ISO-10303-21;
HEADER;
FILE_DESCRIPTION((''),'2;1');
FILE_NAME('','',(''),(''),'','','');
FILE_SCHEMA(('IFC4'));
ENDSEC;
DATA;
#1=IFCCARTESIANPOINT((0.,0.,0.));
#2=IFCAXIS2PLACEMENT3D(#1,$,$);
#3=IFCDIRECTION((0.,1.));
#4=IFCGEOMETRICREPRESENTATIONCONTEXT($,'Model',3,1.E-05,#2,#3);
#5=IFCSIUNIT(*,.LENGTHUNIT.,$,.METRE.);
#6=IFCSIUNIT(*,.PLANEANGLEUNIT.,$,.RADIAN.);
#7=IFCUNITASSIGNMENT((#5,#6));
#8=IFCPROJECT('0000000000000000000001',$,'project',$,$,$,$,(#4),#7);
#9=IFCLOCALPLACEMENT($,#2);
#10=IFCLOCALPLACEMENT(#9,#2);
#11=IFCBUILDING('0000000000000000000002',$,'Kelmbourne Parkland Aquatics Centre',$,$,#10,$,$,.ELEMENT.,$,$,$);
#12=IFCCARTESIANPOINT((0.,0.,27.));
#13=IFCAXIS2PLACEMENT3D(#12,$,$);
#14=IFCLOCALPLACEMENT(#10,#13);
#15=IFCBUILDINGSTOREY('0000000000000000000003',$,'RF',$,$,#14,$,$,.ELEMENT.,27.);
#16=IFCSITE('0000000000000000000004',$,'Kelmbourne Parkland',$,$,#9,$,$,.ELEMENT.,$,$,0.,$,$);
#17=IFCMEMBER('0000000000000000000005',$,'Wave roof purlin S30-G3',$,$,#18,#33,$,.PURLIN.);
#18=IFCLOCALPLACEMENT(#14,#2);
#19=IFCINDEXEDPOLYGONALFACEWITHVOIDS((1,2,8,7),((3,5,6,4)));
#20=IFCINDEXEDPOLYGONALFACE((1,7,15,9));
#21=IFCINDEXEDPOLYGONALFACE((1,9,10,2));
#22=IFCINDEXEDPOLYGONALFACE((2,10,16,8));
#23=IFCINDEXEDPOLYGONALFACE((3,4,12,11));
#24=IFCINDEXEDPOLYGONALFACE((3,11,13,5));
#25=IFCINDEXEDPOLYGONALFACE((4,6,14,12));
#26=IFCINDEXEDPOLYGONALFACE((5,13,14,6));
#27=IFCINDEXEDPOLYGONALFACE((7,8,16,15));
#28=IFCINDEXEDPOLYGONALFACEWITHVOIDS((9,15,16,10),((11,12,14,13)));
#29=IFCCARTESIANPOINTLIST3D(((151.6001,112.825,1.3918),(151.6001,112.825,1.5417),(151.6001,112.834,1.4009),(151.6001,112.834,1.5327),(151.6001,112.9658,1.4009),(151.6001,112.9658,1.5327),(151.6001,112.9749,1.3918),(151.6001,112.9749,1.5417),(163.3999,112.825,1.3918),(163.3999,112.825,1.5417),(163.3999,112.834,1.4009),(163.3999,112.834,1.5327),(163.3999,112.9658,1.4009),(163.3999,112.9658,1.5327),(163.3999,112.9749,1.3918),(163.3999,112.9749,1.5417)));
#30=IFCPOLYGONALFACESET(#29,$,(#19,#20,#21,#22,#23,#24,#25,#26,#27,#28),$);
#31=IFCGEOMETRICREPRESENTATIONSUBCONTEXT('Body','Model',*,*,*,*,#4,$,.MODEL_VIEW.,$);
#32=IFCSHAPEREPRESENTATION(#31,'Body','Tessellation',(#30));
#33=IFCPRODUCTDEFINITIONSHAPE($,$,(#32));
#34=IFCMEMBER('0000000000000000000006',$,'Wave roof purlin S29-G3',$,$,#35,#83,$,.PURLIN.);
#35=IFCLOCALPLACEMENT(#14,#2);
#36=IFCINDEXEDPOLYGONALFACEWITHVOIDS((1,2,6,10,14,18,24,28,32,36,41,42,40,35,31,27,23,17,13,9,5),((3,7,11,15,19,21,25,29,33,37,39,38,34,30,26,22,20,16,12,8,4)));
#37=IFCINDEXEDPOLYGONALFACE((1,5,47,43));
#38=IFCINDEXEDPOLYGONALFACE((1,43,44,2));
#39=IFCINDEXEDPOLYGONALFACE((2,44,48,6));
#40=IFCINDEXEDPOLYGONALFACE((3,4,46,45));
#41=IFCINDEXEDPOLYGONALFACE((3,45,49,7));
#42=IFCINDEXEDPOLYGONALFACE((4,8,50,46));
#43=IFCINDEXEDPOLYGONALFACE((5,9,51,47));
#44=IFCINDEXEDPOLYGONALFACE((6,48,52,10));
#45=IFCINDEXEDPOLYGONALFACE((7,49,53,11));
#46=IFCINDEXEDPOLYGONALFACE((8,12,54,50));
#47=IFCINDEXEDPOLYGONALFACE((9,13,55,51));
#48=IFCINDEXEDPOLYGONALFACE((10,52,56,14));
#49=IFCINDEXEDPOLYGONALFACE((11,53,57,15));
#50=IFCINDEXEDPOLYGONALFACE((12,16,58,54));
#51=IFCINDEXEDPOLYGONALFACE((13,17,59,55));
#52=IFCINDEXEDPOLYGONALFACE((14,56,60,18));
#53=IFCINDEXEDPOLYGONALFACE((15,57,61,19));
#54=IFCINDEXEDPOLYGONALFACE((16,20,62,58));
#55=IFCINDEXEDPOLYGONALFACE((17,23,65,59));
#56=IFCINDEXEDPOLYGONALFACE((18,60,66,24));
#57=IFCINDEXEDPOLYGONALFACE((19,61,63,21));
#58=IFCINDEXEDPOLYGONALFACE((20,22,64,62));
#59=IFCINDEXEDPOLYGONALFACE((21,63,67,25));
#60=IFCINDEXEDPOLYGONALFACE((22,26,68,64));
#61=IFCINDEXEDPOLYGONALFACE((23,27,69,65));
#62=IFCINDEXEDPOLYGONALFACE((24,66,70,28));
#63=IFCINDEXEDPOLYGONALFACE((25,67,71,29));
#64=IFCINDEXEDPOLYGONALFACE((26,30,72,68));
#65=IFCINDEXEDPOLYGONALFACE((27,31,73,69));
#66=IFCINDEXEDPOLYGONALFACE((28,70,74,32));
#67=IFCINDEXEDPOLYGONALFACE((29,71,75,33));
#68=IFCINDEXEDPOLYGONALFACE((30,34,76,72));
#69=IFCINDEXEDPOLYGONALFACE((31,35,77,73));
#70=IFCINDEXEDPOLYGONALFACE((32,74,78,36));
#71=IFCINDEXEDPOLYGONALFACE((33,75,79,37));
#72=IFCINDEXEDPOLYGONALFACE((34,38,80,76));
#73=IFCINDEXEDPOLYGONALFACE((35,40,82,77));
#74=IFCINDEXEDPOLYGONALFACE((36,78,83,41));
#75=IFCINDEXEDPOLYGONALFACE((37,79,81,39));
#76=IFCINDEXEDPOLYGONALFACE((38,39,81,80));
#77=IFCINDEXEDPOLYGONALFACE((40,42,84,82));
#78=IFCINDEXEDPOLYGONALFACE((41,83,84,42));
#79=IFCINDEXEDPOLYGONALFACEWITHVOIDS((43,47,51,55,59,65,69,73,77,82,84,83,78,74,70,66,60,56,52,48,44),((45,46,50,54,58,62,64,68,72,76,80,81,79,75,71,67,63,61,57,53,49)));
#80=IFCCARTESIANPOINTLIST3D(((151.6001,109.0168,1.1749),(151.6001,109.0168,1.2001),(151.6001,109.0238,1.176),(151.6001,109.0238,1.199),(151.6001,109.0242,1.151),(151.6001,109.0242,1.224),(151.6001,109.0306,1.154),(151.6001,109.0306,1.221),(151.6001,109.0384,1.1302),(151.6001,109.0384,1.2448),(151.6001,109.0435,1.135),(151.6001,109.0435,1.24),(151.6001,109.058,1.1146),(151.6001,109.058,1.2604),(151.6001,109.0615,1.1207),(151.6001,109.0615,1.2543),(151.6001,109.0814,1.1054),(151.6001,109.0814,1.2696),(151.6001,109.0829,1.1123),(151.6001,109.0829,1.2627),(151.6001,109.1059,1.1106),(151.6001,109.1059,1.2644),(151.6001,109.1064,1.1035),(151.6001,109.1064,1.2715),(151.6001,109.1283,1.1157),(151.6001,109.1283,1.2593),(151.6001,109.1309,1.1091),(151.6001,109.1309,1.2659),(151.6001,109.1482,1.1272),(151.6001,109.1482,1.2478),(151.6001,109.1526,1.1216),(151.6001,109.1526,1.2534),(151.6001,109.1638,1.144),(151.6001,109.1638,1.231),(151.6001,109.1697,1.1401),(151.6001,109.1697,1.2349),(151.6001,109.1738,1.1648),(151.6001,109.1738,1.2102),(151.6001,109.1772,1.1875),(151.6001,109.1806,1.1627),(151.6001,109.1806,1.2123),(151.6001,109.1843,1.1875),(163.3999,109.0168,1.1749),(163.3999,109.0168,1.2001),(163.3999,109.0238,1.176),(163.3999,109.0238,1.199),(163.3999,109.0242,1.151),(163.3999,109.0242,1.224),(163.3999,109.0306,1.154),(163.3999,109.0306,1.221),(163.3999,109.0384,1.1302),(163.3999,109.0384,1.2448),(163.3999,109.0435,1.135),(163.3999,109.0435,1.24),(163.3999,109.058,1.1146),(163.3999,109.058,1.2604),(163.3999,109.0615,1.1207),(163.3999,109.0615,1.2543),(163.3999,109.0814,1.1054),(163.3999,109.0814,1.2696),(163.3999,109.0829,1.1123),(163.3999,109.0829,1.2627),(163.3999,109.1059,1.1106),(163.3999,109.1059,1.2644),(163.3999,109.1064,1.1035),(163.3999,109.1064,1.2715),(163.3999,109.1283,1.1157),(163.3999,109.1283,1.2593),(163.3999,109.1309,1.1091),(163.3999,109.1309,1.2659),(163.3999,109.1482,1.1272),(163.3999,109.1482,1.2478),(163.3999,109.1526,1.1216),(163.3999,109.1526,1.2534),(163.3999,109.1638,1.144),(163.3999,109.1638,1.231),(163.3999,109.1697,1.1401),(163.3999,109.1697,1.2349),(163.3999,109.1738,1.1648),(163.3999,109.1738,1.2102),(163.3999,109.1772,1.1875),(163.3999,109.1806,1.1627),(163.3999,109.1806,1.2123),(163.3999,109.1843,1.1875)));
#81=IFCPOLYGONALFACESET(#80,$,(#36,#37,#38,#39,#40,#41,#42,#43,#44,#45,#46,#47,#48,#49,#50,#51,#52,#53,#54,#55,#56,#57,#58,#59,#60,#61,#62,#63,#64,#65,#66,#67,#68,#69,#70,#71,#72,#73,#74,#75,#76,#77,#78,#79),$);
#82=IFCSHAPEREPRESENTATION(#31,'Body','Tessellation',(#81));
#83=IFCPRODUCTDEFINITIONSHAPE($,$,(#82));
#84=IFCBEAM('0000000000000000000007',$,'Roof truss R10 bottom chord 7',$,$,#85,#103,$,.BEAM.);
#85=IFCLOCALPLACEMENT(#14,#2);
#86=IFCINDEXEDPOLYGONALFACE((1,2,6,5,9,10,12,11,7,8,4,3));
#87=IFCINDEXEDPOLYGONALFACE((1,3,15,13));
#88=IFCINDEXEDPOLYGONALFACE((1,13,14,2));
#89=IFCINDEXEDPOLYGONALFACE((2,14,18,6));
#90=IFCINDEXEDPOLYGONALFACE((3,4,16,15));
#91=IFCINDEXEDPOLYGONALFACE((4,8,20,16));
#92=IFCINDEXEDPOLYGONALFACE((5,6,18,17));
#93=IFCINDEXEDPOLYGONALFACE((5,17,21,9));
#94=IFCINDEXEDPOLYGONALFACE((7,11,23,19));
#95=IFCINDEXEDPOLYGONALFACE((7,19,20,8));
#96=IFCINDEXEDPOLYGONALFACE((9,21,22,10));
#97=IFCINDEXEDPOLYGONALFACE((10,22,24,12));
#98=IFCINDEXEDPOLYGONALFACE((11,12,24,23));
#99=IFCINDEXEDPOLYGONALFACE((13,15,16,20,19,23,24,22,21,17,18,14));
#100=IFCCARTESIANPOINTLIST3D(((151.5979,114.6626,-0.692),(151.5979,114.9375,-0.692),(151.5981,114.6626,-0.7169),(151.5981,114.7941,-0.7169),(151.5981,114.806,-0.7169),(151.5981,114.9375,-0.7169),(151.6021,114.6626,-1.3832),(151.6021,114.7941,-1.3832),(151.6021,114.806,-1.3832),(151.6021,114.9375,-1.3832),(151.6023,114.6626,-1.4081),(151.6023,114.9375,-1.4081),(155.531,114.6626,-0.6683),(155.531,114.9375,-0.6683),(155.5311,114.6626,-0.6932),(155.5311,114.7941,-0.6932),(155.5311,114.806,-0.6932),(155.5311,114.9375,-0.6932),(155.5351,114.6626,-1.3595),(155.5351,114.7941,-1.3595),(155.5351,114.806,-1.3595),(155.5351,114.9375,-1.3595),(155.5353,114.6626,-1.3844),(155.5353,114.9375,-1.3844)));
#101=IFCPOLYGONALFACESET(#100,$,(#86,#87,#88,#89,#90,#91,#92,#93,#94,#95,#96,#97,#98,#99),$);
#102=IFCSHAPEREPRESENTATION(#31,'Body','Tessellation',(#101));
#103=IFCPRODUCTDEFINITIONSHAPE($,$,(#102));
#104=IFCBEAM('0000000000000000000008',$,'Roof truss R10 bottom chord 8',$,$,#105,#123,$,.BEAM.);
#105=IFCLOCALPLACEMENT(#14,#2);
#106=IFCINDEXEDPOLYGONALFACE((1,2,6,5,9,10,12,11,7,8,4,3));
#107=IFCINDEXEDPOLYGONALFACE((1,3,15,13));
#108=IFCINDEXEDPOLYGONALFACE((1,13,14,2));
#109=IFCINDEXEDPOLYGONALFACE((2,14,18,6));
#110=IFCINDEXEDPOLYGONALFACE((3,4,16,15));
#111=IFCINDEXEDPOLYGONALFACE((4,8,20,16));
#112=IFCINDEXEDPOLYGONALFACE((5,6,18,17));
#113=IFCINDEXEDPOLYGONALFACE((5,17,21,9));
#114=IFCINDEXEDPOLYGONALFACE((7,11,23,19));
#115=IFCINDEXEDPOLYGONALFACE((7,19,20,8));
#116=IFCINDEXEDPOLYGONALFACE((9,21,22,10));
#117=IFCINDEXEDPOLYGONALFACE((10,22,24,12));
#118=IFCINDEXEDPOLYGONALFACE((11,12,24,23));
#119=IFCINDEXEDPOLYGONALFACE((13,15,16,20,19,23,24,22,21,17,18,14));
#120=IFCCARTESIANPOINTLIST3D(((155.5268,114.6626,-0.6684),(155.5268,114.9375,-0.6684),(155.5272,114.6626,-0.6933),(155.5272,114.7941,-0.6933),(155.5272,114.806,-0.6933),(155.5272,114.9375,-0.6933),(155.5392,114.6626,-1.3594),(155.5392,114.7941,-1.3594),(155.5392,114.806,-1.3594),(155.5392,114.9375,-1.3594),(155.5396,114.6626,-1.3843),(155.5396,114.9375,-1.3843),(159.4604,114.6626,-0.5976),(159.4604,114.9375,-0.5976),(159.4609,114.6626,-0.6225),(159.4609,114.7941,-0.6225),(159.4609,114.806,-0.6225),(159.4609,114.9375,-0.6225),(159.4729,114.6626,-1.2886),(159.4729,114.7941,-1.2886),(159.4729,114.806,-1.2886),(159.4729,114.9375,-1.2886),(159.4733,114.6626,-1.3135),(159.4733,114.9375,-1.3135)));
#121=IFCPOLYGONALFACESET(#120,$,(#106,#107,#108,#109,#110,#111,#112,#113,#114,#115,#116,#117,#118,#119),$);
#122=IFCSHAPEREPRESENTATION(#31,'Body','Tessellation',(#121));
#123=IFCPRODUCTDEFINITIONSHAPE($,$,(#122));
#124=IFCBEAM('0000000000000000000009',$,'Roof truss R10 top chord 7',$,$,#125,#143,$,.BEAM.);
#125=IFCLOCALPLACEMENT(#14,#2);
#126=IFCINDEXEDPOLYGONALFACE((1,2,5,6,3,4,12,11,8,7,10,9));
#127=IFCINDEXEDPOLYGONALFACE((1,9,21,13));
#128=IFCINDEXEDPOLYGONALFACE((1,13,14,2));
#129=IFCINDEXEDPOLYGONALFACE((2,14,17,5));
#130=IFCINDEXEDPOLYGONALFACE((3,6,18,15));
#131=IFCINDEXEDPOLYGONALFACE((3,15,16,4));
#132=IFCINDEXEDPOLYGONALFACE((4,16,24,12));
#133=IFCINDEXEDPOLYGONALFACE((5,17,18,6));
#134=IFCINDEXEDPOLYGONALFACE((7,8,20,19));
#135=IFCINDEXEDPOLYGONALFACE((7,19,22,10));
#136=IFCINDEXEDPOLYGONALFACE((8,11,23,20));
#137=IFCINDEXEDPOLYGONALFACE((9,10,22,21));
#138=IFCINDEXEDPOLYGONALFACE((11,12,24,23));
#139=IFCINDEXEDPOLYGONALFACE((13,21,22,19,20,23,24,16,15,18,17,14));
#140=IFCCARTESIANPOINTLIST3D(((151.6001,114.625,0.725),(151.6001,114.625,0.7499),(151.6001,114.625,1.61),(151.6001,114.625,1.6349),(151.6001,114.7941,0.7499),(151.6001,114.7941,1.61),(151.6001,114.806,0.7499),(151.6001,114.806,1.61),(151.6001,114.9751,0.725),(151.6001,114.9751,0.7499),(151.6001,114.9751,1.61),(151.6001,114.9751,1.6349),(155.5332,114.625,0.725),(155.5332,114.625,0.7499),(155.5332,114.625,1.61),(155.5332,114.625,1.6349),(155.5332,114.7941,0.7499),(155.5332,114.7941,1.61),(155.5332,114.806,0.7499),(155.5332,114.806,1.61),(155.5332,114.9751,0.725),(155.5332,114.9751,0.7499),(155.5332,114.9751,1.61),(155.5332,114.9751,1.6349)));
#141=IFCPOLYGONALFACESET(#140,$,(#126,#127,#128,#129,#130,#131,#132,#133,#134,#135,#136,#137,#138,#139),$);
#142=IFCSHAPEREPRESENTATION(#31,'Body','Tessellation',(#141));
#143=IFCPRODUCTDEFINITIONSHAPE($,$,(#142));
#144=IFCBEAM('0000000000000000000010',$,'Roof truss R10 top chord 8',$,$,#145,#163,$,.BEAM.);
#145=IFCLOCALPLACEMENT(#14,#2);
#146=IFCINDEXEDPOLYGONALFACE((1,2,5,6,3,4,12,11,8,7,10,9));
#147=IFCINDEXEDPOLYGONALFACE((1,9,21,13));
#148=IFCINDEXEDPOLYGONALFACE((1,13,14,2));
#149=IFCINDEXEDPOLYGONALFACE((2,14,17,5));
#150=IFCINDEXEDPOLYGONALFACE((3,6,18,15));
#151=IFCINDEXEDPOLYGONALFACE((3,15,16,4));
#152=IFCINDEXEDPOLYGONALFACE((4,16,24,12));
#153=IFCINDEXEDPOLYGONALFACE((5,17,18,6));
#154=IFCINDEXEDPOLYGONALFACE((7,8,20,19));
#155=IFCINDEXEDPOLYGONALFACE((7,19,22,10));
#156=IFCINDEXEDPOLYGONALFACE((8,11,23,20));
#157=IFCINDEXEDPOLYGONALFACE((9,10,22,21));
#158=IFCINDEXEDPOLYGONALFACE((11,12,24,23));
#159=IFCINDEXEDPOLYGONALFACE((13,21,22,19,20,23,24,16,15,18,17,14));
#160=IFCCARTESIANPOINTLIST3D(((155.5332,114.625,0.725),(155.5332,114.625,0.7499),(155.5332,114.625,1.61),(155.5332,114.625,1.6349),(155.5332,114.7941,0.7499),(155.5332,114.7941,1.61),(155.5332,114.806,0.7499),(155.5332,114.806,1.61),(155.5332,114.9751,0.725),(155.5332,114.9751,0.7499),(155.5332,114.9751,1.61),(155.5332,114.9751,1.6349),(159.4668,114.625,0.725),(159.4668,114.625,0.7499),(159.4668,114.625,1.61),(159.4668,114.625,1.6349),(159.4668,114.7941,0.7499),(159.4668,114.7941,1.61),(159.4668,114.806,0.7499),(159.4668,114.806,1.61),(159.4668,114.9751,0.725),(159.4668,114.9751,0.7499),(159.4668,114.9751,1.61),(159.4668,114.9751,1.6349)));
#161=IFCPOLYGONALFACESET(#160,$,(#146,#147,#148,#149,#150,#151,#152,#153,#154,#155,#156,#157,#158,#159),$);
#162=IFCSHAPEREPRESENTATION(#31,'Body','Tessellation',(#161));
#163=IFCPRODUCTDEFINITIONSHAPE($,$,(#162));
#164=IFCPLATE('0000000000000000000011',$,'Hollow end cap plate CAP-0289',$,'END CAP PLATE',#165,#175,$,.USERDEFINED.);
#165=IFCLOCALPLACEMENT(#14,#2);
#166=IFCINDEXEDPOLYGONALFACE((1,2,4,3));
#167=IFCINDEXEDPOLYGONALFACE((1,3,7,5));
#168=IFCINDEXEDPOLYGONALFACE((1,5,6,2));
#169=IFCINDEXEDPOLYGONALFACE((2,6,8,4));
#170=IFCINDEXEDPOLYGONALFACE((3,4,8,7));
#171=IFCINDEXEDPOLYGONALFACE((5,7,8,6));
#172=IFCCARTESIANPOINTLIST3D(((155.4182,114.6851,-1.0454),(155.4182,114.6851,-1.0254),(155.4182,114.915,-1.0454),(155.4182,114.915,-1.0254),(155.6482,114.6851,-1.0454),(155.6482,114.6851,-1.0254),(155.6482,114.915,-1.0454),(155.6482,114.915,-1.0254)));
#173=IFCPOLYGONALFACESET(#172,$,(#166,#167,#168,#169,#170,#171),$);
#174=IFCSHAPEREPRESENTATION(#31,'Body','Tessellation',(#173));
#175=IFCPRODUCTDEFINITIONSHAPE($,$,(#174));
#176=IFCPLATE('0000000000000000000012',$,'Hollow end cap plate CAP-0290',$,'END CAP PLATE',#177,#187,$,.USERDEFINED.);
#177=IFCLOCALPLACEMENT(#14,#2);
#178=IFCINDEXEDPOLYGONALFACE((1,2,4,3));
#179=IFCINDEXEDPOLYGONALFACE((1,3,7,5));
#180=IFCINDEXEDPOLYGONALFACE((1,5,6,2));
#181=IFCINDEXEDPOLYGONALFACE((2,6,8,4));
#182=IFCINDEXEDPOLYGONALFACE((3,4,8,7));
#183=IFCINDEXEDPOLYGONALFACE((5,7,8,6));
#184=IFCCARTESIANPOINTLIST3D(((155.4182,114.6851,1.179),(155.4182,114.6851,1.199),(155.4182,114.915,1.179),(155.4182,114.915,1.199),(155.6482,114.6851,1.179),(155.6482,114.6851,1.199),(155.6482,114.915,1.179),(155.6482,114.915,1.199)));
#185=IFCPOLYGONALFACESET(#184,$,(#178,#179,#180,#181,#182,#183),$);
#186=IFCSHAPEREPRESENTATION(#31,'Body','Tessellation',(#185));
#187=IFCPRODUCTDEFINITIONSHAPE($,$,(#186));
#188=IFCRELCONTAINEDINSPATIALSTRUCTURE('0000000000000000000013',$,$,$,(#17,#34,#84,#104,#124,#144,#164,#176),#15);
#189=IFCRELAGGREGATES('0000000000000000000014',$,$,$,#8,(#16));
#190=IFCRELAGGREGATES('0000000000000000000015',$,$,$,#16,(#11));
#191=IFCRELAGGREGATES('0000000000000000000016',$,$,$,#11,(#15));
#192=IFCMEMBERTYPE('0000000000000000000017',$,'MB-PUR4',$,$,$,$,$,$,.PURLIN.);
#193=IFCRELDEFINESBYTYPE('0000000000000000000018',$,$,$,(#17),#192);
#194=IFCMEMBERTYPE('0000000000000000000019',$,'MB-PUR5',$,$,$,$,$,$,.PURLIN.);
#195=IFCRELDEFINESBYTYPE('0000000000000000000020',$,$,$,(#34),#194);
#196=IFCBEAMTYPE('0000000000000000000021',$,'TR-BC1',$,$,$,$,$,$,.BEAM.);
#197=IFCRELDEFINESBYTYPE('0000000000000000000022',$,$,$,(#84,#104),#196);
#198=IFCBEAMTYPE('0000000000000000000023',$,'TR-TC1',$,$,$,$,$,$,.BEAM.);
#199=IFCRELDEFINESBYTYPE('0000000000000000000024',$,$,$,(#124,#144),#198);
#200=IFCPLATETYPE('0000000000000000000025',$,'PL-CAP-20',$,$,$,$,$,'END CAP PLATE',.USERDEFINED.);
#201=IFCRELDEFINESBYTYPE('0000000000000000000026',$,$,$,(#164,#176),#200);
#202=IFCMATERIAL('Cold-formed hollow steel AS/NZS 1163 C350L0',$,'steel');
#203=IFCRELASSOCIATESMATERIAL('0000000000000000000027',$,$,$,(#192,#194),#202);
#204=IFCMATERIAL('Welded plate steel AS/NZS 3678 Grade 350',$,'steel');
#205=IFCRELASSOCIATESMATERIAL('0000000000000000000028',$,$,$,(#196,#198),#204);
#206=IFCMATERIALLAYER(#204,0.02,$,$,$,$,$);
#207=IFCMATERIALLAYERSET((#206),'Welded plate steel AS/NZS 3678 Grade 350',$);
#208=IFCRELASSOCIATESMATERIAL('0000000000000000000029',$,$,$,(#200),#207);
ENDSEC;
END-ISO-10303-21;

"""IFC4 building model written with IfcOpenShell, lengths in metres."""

from ifc_helpers import new_model, si_unit, direction, frame, origin, origin_2d, place, context, subcontext, project, spatial, rectangle, hollow_rectangle, hollow_circle, i_section, extrude, material, layer, layer_set, material_profile, profile_set, type_object, element, save


model = new_model("IFC4")

# Units and contexts
model_context = context("Model", 3, precision=1e-05, world=origin(), true_north=direction((0.0, 1.0)))
body_context = subcontext(model_context, "Body", "Model", "MODEL_VIEW")
ifc_project = project(units=[si_unit("LENGTHUNIT", "METRE"), si_unit("PLANEANGLEUNIT", "RADIAN")], contexts=[model_context])

# Site, building, storey
site_placement = place(None, origin())
site = spatial("IfcSite", under=ifc_project, at=site_placement, Name="Kelmbourne Parkland", CompositionType="ELEMENT", RefElevation=0.0)
building_placement = place(site_placement, origin())
building = spatial("IfcBuilding", under=site, at=building_placement, Name="Kelmbourne Parkland Aquatics Centre", CompositionType="ELEMENT")
storey_placement = place(building_placement, frame((0.0, 0.0, 27.0)))
storey = spatial("IfcBuildingStorey", under=building, at=storey_placement, Name="RF", CompositionType="ELEMENT", Elevation=27.0)

# Members
ifc_material_1 = material(Name="Cold-formed hollow steel AS/NZS 1163 C350L0", Category="steel")
ifc_material_profile_1 = material_profile(ifc_material_1, hollow_rectangle(XDim=0.1499, YDim=0.1499, WallThickness=0.009, at=origin_2d()), Name="SHS 150x150x9.0")
ifc_profile_set_1 = profile_set([ifc_material_profile_1], Name="Cold-formed hollow steel AS/NZS 1163 C350L0")
member_type_1 = type_object("IfcMemberType", Name="MB-PUR4", PredefinedType="PURLIN", material=ifc_profile_set_1)
member_1_placement = place(storey_placement, frame((151.6001, 112.8999, 1.4668), z_axis=(1.0, 0.0, 0.0), x_axis=(0.0, 1.0, 0.0)))
element("IfcMember", 1, at=member_1_placement, inside=storey, type_object=member_type_1, Name="Wave roof purlin S30-G3", PredefinedType="PURLIN", context=body_context, shape_type="SweptSolid", body=[
    extrude(hollow_rectangle(XDim=0.1499, YDim=0.1499, WallThickness=0.009, at=origin_2d()), origin(), (0.0, 0.0, 1.0), 11.7998),
])
ifc_material_profile_2 = material_profile(ifc_material_1, hollow_circle(Radius=0.0842, WallThickness=0.0071, at=origin_2d()), Name="CHS 168.3x7.1")
ifc_profile_set_2 = profile_set([ifc_material_profile_2], Name="Cold-formed hollow steel AS/NZS 1163 C350L0")
member_type_2 = type_object("IfcMemberType", Name="MB-PUR5", PredefinedType="PURLIN", material=ifc_profile_set_2)
member_2_placement = place(storey_placement, frame((151.6001, 109.1001, 1.1875), z_axis=(1.0, 0.0, 0.0), x_axis=(0.0, 1.0, 0.0)))
element("IfcMember", 2, at=member_2_placement, inside=storey, type_object=member_type_2, Name="Wave roof purlin S29-G3", PredefinedType="PURLIN", context=body_context, shape_type="SweptSolid", body=[
    extrude(hollow_circle(Radius=0.0842, WallThickness=0.0071, at=origin_2d()), origin(), (0.0, 0.0, 1.0), 11.7998),
])

# Beams
ifc_material_2 = material(Name="Welded plate steel AS/NZS 3678 Grade 350", Category="steel")
ifc_material_profile_3 = material_profile(ifc_material_2, i_section(OverallWidth=0.2749, OverallDepth=0.7161, WebThickness=0.012, FlangeThickness=0.0249, at=origin_2d()), Name="700WB173")
ifc_profile_set_3 = profile_set([ifc_material_profile_3], Name="Welded plate steel AS/NZS 3678 Grade 350")
beam_type_1 = type_object("IfcBeamType", Name="TR-BC1", PredefinedType="BEAM", material=ifc_profile_set_3)
beam_1_placement = place(storey_placement, frame((151.6001, 114.8, -1.05), z_axis=(0.999982, 0.0, 0.006021), x_axis=(0.0, 1.0, 0.0)))
element("IfcBeam", 3, at=beam_1_placement, inside=storey, type_object=beam_type_1, Name="Roof truss R10 bottom chord 7", PredefinedType="BEAM", context=body_context, shape_type="SweptSolid", body=[
    extrude(i_section(OverallWidth=0.2749, OverallDepth=0.7161, WebThickness=0.012, FlangeThickness=0.0249, at=origin_2d()), origin(), (0.0, 0.0, 1.0), 3.9331),
])
beam_2_placement = place(storey_placement, frame((155.5332, 114.8, -1.0264), z_axis=(0.999838, 0.0, 0.017996), x_axis=(0.0, 1.0, 0.0)))
element("IfcBeam", 4, at=beam_2_placement, inside=storey, type_object=beam_type_1, Name="Roof truss R10 bottom chord 8", PredefinedType="BEAM", context=body_context, shape_type="SweptSolid", body=[
    extrude(i_section(OverallWidth=0.2749, OverallDepth=0.7161, WebThickness=0.012, FlangeThickness=0.0249, at=origin_2d()), origin(), (0.0, 0.0, 1.0), 3.9343),
])
ifc_material_profile_4 = material_profile(ifc_material_2, i_section(OverallWidth=0.3501, OverallDepth=0.9099, WebThickness=0.012, FlangeThickness=0.0249, at=origin_2d()), Name="900WB218")
ifc_profile_set_4 = profile_set([ifc_material_profile_4], Name="Welded plate steel AS/NZS 3678 Grade 350")
beam_type_2 = type_object("IfcBeamType", Name="TR-TC1", PredefinedType="BEAM", material=ifc_profile_set_4)
beam_3_placement = place(storey_placement, frame((151.6001, 114.8, 1.1799), z_axis=(1.0, 0.0, 0.0), x_axis=(0.0, 1.0, 0.0)))
element("IfcBeam", 5, at=beam_3_placement, inside=storey, type_object=beam_type_2, Name="Roof truss R10 top chord 7", PredefinedType="BEAM", context=body_context, shape_type="SweptSolid", body=[
    extrude(i_section(OverallWidth=0.3501, OverallDepth=0.9099, WebThickness=0.012, FlangeThickness=0.0249, at=origin_2d()), origin(), (0.0, 0.0, 1.0), 3.9331),
])
beam_4_placement = place(storey_placement, frame((155.5332, 114.8, 1.1799), z_axis=(1.0, 0.0, 0.0), x_axis=(0.0, 1.0, 0.0)))
element("IfcBeam", 6, at=beam_4_placement, inside=storey, type_object=beam_type_2, Name="Roof truss R10 top chord 8", PredefinedType="BEAM", context=body_context, shape_type="SweptSolid", body=[
    extrude(i_section(OverallWidth=0.3501, OverallDepth=0.9099, WebThickness=0.012, FlangeThickness=0.0249, at=origin_2d()), origin(), (0.0, 0.0, 1.0), 3.9336),
])

# Plates
ifc_layer_1 = layer(ifc_material_2, 0.02)
ifc_layer_set_1 = layer_set([ifc_layer_1], Name="Welded plate steel AS/NZS 3678 Grade 350")
plate_type_1 = type_object("IfcPlateType", Name="PL-CAP-20", ElementType="END CAP PLATE", PredefinedType="USERDEFINED", material=ifc_layer_set_1)
for number, where, z_axis, x_axis, name in (
    (7, (155.5332, 114.8, -1.0454), (0.0, 0.0, 1.0), (1.0, 0.0, 0.0), "Hollow end cap plate CAP-0289"),
    (8, (155.5332, 114.8, 1.179), (0.0, 0.0, 1.0), (1.0, 0.0, 0.0), "Hollow end cap plate CAP-0290"),
):
    element("IfcPlate", number, at=place(storey_placement, frame(where, z_axis=z_axis, x_axis=x_axis)), inside=storey, type_object=plate_type_1, Name=name, ObjectType="END CAP PLATE", PredefinedType="USERDEFINED", context=body_context, shape_type="SweptSolid", body=[
        extrude(rectangle(XDim=0.23, YDim=0.23, at=origin_2d()), origin(), (0.0, 0.0, 1.0), 0.02),
    ])

save(model, "model.ifc")
